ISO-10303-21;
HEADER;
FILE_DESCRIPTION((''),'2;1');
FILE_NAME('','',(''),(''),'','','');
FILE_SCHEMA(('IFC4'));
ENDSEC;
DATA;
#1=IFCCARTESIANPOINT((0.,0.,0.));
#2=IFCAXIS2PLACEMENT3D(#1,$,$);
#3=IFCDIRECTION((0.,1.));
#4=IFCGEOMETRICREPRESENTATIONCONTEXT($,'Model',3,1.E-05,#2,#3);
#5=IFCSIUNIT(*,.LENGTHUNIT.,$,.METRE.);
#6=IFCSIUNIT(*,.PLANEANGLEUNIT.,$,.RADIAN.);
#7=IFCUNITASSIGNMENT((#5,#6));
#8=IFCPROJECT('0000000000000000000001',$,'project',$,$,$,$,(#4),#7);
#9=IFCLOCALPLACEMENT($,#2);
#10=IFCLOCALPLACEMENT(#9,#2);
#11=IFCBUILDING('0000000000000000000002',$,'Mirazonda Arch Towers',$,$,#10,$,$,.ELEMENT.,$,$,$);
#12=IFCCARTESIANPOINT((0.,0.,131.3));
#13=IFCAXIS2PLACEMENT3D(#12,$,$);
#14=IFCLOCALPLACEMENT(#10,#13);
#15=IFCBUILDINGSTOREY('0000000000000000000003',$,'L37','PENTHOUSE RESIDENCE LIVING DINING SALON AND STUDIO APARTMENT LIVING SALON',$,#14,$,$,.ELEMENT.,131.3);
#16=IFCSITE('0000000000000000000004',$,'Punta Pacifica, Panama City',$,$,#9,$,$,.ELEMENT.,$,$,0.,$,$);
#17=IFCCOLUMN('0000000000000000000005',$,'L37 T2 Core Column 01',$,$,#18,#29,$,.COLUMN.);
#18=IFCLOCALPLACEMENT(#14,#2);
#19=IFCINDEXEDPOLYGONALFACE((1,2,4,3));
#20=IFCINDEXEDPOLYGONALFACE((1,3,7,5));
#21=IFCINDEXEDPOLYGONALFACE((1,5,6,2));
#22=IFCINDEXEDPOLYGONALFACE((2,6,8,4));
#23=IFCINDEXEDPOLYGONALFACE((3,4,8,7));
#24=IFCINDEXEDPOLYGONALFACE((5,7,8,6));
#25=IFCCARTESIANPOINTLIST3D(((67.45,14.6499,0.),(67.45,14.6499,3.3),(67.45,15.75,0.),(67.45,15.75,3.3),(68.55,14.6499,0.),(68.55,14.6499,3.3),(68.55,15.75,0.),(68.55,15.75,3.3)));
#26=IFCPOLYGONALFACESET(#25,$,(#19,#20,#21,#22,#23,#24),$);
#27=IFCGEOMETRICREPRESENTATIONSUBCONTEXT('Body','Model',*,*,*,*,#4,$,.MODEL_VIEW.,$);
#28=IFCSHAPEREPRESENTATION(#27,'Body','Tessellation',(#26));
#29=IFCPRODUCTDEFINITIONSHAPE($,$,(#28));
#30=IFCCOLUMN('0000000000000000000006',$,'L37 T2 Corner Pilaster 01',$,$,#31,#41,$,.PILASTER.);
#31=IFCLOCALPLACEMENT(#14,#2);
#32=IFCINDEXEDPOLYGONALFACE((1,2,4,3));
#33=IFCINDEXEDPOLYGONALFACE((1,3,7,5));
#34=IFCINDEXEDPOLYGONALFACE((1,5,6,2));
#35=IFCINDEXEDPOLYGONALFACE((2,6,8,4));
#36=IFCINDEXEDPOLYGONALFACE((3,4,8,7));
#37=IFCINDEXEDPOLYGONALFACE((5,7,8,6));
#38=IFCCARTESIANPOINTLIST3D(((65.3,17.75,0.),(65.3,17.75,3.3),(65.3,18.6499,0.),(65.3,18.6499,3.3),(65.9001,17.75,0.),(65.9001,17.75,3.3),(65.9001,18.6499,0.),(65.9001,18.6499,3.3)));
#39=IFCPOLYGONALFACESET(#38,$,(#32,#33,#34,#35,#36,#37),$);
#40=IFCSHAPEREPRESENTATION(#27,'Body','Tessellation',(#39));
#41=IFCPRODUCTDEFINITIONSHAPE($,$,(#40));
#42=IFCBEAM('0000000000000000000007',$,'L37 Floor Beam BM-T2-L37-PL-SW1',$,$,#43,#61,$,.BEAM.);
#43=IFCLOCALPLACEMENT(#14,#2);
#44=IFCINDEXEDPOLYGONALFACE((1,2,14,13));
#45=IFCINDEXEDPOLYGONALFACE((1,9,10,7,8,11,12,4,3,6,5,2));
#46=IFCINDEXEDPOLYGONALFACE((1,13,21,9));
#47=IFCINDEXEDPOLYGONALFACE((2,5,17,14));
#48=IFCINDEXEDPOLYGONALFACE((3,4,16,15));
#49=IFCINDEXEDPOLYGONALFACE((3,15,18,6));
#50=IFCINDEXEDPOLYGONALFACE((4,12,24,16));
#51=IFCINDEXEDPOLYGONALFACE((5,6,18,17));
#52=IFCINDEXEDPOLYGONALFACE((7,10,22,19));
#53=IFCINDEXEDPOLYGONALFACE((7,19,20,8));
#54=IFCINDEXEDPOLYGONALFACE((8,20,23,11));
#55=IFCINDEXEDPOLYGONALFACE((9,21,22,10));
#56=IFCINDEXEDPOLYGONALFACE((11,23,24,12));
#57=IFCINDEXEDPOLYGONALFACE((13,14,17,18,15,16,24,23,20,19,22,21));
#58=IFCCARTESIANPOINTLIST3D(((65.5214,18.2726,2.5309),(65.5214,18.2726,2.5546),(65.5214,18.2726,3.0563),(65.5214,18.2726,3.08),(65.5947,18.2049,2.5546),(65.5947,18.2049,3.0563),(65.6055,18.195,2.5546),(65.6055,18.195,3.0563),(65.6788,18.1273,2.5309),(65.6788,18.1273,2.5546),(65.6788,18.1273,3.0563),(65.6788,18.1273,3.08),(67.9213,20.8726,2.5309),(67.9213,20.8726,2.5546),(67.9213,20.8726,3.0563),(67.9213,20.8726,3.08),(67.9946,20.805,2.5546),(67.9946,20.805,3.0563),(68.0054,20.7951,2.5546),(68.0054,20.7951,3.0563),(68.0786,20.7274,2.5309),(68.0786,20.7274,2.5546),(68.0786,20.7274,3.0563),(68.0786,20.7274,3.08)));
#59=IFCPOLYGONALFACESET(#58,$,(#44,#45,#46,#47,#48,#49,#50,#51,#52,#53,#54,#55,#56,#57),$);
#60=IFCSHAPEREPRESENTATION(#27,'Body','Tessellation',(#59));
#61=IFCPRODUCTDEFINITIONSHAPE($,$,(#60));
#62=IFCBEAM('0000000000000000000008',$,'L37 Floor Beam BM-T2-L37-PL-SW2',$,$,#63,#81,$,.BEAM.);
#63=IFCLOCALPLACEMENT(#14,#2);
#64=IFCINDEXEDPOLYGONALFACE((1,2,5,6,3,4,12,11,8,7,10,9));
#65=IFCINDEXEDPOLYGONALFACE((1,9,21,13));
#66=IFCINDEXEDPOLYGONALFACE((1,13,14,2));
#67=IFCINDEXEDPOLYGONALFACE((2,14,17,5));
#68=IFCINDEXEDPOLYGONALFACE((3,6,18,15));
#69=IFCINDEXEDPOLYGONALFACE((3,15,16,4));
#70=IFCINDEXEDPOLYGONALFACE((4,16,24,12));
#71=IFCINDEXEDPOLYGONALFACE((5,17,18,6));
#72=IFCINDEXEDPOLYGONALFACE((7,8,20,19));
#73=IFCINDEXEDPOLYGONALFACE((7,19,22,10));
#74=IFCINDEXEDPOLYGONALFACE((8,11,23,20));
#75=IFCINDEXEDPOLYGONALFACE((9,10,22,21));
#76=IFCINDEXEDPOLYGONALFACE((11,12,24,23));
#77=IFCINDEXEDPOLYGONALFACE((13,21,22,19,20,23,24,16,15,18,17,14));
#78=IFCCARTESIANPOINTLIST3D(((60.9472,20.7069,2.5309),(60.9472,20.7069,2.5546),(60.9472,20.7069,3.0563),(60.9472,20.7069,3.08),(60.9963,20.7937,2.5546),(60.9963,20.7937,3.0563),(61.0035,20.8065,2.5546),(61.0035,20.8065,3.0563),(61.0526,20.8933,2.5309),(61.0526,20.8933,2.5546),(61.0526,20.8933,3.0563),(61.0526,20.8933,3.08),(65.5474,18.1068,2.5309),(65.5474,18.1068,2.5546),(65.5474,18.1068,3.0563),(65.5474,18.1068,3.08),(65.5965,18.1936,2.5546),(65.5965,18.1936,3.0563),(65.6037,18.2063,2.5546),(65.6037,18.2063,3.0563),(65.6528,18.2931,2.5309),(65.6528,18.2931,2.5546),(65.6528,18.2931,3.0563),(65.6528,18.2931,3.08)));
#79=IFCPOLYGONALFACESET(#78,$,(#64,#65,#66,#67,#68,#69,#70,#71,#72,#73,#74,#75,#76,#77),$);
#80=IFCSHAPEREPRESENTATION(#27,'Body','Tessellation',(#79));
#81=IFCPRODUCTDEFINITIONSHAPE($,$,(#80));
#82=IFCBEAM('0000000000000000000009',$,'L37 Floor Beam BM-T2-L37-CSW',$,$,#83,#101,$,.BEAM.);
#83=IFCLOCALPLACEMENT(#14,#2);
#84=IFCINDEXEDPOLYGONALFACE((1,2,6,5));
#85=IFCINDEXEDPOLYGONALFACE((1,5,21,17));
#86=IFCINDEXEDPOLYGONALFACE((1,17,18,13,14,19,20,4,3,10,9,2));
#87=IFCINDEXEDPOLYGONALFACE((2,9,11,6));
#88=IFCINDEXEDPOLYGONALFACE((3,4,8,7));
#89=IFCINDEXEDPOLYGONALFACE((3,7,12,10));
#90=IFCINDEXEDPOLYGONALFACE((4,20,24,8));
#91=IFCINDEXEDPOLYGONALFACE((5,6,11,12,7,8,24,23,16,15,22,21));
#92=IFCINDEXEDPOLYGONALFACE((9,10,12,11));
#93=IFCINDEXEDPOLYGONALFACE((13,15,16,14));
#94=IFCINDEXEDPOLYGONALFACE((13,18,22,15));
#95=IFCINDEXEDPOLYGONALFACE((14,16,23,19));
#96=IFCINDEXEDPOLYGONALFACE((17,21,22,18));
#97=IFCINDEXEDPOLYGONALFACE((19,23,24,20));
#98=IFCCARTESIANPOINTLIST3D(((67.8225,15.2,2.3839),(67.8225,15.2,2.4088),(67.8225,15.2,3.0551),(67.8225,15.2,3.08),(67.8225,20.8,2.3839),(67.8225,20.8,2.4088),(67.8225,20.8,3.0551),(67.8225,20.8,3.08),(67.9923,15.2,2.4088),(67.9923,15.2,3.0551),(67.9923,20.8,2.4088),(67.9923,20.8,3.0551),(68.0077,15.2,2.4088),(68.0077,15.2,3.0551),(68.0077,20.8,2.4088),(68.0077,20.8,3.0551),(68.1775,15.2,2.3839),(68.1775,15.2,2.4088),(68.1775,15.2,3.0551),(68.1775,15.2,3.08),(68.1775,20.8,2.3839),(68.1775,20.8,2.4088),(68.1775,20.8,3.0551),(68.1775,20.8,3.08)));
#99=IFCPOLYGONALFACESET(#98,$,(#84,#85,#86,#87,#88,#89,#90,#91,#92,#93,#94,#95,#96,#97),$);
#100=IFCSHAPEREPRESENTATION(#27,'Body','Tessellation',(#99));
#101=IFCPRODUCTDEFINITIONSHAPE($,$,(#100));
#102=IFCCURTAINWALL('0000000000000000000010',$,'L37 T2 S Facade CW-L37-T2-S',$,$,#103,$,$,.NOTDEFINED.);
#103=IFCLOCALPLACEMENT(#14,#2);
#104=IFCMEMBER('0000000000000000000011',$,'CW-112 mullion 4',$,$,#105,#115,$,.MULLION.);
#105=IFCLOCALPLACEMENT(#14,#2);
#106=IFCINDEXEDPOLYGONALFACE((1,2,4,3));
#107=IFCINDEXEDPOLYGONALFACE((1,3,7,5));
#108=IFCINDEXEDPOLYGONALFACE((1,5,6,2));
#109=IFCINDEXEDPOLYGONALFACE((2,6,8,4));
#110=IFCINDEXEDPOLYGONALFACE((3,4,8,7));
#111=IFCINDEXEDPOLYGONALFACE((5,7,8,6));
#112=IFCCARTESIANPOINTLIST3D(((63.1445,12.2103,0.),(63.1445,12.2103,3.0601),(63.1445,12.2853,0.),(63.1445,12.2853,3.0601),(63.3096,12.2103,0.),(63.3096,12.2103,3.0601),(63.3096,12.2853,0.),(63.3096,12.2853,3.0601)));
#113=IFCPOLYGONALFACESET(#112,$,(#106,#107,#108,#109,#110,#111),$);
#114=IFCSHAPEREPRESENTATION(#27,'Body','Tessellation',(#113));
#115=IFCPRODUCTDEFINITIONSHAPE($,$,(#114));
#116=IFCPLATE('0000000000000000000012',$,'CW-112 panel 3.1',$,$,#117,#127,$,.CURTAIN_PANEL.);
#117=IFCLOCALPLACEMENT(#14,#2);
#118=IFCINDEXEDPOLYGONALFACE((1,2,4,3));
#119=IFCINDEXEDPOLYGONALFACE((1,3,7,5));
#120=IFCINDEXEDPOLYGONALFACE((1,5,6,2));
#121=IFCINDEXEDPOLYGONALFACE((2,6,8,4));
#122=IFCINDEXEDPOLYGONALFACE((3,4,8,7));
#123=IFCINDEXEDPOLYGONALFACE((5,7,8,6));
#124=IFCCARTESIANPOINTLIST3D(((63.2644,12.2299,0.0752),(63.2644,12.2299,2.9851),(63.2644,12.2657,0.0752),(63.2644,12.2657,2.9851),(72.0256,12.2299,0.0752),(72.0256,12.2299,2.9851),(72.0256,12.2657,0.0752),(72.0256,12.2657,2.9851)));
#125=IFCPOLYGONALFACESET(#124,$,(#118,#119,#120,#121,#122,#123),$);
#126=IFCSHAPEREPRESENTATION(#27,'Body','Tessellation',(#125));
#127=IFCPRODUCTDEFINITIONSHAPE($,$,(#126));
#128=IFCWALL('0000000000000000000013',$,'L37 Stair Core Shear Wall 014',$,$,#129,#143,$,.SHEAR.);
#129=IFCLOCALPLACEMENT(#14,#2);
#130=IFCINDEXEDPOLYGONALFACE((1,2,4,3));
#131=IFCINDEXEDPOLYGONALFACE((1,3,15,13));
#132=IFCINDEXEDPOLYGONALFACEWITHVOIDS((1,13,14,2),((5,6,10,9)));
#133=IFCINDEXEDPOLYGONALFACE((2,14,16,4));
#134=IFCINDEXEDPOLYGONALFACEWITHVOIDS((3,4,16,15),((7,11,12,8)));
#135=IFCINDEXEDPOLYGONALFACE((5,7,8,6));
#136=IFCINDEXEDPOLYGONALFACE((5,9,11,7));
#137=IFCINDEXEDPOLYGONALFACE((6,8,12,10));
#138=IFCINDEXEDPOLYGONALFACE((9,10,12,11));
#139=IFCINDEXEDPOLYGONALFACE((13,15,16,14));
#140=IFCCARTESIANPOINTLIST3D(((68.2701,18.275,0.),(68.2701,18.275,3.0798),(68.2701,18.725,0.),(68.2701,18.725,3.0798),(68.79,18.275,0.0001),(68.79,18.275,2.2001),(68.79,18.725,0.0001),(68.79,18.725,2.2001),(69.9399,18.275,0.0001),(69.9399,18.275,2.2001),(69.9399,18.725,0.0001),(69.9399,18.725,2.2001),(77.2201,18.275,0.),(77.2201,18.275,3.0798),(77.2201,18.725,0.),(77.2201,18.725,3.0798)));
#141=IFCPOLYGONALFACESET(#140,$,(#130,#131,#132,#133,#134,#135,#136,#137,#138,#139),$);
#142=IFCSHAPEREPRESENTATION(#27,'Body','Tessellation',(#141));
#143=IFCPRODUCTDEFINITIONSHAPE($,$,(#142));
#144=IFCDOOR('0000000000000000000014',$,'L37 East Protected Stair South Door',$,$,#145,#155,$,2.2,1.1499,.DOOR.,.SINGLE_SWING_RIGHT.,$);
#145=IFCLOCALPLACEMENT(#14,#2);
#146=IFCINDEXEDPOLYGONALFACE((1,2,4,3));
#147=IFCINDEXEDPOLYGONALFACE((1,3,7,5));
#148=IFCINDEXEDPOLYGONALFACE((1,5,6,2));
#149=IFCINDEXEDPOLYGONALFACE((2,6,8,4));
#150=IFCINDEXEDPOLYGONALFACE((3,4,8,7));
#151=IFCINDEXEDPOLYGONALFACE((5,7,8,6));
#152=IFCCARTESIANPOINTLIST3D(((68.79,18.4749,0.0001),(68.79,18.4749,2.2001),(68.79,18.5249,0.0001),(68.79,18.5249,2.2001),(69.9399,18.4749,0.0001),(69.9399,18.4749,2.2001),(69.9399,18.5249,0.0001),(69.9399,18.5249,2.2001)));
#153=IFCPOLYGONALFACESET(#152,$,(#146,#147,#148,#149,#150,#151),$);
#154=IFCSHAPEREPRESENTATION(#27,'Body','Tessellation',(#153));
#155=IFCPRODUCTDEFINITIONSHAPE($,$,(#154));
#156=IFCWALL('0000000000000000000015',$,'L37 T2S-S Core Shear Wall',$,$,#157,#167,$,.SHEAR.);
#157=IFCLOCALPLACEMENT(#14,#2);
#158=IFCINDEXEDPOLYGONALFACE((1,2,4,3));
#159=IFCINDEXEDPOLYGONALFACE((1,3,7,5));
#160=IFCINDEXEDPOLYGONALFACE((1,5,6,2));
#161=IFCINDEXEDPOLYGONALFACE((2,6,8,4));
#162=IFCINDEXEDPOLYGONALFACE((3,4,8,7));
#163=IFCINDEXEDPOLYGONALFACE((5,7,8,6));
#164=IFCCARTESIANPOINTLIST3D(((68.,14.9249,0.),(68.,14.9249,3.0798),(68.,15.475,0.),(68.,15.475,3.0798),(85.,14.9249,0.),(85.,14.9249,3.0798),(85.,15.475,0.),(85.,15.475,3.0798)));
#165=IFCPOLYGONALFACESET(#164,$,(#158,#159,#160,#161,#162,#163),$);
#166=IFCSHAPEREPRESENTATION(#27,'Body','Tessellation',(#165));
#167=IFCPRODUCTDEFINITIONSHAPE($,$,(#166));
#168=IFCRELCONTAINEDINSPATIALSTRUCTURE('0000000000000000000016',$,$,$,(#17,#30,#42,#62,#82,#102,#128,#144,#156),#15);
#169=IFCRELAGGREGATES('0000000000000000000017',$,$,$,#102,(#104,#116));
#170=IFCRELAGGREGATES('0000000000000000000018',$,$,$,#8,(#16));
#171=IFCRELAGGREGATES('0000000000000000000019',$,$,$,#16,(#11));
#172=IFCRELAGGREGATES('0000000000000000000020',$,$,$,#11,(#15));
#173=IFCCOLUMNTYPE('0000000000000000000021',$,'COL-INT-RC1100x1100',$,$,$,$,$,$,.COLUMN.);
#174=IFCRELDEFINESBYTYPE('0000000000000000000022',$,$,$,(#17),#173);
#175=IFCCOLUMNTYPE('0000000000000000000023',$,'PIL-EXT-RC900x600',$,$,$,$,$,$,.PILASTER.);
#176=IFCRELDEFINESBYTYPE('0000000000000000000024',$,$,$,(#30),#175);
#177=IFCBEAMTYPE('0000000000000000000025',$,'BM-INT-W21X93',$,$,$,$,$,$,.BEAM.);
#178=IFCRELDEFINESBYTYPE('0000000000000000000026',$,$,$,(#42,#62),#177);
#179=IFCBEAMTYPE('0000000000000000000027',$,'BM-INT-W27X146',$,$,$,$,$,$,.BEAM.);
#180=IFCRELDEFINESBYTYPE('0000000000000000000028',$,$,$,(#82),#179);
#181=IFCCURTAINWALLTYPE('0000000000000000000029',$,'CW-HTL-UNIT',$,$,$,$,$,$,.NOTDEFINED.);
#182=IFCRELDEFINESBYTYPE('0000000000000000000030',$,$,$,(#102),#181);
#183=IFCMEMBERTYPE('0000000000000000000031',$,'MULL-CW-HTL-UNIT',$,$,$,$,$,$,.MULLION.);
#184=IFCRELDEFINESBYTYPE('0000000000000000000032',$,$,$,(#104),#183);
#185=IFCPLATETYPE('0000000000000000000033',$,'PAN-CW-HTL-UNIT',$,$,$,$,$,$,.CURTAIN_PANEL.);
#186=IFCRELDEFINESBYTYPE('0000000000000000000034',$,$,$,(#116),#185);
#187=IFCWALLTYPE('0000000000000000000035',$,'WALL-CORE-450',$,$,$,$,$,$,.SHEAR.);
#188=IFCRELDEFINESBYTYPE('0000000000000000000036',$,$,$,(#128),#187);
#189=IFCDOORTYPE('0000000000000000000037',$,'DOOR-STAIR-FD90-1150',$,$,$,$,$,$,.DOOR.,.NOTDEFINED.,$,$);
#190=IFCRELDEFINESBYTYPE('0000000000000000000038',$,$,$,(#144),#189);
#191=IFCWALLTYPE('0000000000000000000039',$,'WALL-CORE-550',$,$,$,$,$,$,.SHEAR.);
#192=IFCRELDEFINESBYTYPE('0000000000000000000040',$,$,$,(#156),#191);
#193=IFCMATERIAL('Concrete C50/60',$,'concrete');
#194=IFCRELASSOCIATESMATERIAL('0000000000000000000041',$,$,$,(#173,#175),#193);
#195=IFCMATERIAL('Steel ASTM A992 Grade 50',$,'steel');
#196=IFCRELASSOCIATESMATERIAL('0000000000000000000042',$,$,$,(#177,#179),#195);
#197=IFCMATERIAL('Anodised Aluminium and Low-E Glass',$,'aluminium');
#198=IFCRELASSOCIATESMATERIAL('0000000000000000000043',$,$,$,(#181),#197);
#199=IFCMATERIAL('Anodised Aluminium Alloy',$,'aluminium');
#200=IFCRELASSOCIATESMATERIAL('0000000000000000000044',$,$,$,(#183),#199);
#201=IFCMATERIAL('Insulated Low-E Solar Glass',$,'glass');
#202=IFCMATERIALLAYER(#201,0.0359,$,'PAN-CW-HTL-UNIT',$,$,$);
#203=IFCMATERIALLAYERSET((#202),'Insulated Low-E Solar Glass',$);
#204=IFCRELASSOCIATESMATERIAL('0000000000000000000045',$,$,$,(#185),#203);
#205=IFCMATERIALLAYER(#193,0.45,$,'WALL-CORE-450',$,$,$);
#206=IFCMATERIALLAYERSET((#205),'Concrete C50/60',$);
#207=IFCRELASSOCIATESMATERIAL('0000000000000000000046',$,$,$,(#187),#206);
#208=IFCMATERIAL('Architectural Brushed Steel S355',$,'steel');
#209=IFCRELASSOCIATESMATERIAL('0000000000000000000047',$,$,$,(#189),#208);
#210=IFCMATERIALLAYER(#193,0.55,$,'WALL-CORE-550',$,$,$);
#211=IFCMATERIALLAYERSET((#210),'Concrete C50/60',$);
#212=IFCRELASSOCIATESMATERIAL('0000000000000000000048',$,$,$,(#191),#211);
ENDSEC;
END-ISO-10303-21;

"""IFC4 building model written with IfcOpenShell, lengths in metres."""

from ifc_helpers import new_model, si_unit, direction, frame, frame_2d, origin, origin_2d, place, context, subcontext, project, spatial, rectangle, i_section, extrude, material, layer, layer_set, material_profile, profile_set, type_object, element, fill, aggregate, save


model = new_model("IFC4")

# Units and contexts
model_context = context("Model", 3, precision=1e-05, world=origin(), true_north=direction((0.0, 1.0)))
body_context = subcontext(model_context, "Body", "Model", "MODEL_VIEW")
ifc_project = project(units=[si_unit("LENGTHUNIT", "METRE"), si_unit("PLANEANGLEUNIT", "RADIAN")], contexts=[model_context])

# Site, building, storey
site_placement = place(None, origin())
site = spatial("IfcSite", under=ifc_project, at=site_placement, Name="Punta Pacifica, Panama City", CompositionType="ELEMENT", RefElevation=0.0)
building_placement = place(site_placement, origin())
building = spatial("IfcBuilding", under=site, at=building_placement, Name="Mirazonda Arch Towers", CompositionType="ELEMENT")
storey_placement = place(building_placement, frame((0.0, 0.0, 131.3)))
storey = spatial("IfcBuildingStorey", under=building, at=storey_placement, Name="L37", Description="PENTHOUSE RESIDENCE LIVING DINING SALON AND STUDIO APARTMENT LIVING SALON", CompositionType="ELEMENT", Elevation=131.3)

# Columns
ifc_material_1 = material(Name="Concrete C50/60", Category="concrete")
ifc_material_profile_1 = material_profile(ifc_material_1, rectangle(XDim=1.1001, YDim=1.1001, at=origin_2d()), Name="RC1100x1100")
ifc_profile_set_1 = profile_set([ifc_material_profile_1], Name="Concrete C50/60")
column_type_1 = type_object("IfcColumnType", Name="COL-INT-RC1100x1100", PredefinedType="COLUMN", material=ifc_profile_set_1)
column_1_placement = place(storey_placement, frame((68.0, 15.2, 0.0), z_axis=(0.0, 0.0, 1.0), x_axis=(1.0, 0.0, 0.0)))
element("IfcColumn", 1, at=column_1_placement, inside=storey, type_object=column_type_1, Name="L37 T2 Core Column 01", PredefinedType="COLUMN", context=body_context, shape_type="SweptSolid", body=[
    extrude(rectangle(XDim=1.1001, YDim=1.1001, at=origin_2d()), origin(), (0.0, 0.0, 1.0), 3.3),
])
ifc_material_profile_2 = material_profile(ifc_material_1, rectangle(XDim=0.6001, YDim=0.8999, at=origin_2d()), Name="RC900x600")
ifc_profile_set_2 = profile_set([ifc_material_profile_2], Name="Concrete C50/60")
column_type_2 = type_object("IfcColumnType", Name="PIL-EXT-RC900x600", PredefinedType="PILASTER", material=ifc_profile_set_2)
column_2_placement = place(storey_placement, frame((65.6001, 18.2, 0.0), z_axis=(0.0, 0.0, 1.0), x_axis=(1.0, 0.0, 0.0)))
element("IfcColumn", 2, at=column_2_placement, inside=storey, type_object=column_type_2, Name="L37 T2 Corner Pilaster 01", PredefinedType="PILASTER", context=body_context, shape_type="SweptSolid", body=[
    extrude(rectangle(XDim=0.6001, YDim=0.8999, at=origin_2d()), origin(), (0.0, 0.0, 1.0), 3.3),
])

# Beams
ifc_material_2 = material(Name="Steel ASTM A992 Grade 50", Category="steel")
ifc_material_profile_3 = material_profile(ifc_material_2, i_section(OverallWidth=0.2141, OverallDepth=0.5491, WebThickness=0.0146, FlangeThickness=0.0237, at=origin_2d()), Name="W21X93")
ifc_profile_set_3 = profile_set([ifc_material_profile_3], Name="Steel ASTM A992 Grade 50")
beam_type_1 = type_object("IfcBeamType", Name="BM-INT-W21X93", PredefinedType="BEAM", material=ifc_profile_set_3)
beam_1_placement = place(storey_placement, frame((65.6001, 18.2, 2.8054), z_axis=(0.678251, 0.73483, 0.0), x_axis=(-0.73483, 0.678251, 0.0)))
element("IfcBeam", 3, at=beam_1_placement, inside=storey, type_object=beam_type_1, Name="L37 Floor Beam BM-T2-L37-PL-SW1", PredefinedType="BEAM", context=body_context, shape_type="SweptSolid", body=[
    extrude(i_section(OverallWidth=0.2141, OverallDepth=0.5491, WebThickness=0.0146, FlangeThickness=0.0237, at=origin_2d()), origin(), (0.0, 0.0, 1.0), 3.5383),
])
beam_2_placement = place(storey_placement, frame((65.6001, 18.2, 2.8054), z_axis=(-0.870559, 0.492063, 0.0), x_axis=(-0.492063, -0.870559, 0.0)))
element("IfcBeam", 4, at=beam_2_placement, inside=storey, type_object=beam_type_1, Name="L37 Floor Beam BM-T2-L37-PL-SW2", PredefinedType="BEAM", context=body_context, shape_type="SweptSolid", body=[
    extrude(i_section(OverallWidth=0.2141, OverallDepth=0.5491, WebThickness=0.0146, FlangeThickness=0.0237, at=origin_2d()), origin(), (0.0, 0.0, 1.0), 5.2842),
])
ifc_material_profile_4 = material_profile(ifc_material_2, i_section(OverallWidth=0.355, OverallDepth=0.696, WebThickness=0.0154, FlangeThickness=0.0249, at=origin_2d()), Name="W27X146")
ifc_profile_set_4 = profile_set([ifc_material_profile_4], Name="Steel ASTM A992 Grade 50")
beam_type_2 = type_object("IfcBeamType", Name="BM-INT-W27X146", PredefinedType="BEAM", material=ifc_profile_set_4)
beam_3_placement = place(storey_placement, frame((68.0, 15.2, 2.7319), z_axis=(0.0, 1.0, 0.0), x_axis=(-1.0, 0.0, 0.0)))
element("IfcBeam", 5, at=beam_3_placement, inside=storey, type_object=beam_type_2, Name="L37 Floor Beam BM-T2-L37-CSW", PredefinedType="BEAM", context=body_context, shape_type="SweptSolid", body=[
    extrude(i_section(OverallWidth=0.355, OverallDepth=0.696, WebThickness=0.0154, FlangeThickness=0.0249, at=origin_2d()), origin(), (0.0, 0.0, 1.0), 5.6001),
])

# Curtain wall, member, plate
ifc_material_3 = material(Name="Anodised Aluminium and Low-E Glass", Category="aluminium")
curtain_wall_type = type_object("IfcCurtainWallType", Name="CW-HTL-UNIT", PredefinedType="NOTDEFINED", material=ifc_material_3)
curtain_wall_placement = place(storey_placement, origin())
curtain_wall = element("IfcCurtainWall", 6, at=curtain_wall_placement, inside=storey, type_object=curtain_wall_type, Name="L37 T2 S Facade CW-L37-T2-S", PredefinedType="NOTDEFINED")
ifc_material_4 = material(Name="Anodised Aluminium Alloy", Category="aluminium")
ifc_material_profile_5 = material_profile(ifc_material_4, rectangle(XDim=0.075, YDim=0.165, at=origin_2d()), Name="ALU-MULL-75x165")
ifc_profile_set_5 = profile_set([ifc_material_profile_5], Name="Anodised Aluminium Alloy")
member_type = type_object("IfcMemberType", Name="MULL-CW-HTL-UNIT", PredefinedType="MULLION", material=ifc_profile_set_5)
member_placement = place(storey_placement, frame((63.2271, 12.2478, 0.0), z_axis=(0.0, 0.0, 1.0), x_axis=(0.0, -1.0, 0.0)))
member = element("IfcMember", 7, at=member_placement, type_object=member_type, Name="CW-112 mullion 4", PredefinedType="MULLION", context=body_context, shape_type="SweptSolid", body=[
    extrude(rectangle(XDim=0.075, YDim=0.165, at=origin_2d()), origin(), (0.0, 0.0, 1.0), 3.0601),
])
ifc_material_5 = material(Name="Insulated Low-E Solar Glass", Category="glass")
ifc_layer_1 = layer(ifc_material_5, 0.0359, Name="PAN-CW-HTL-UNIT")
ifc_layer_set_1 = layer_set([ifc_layer_1], Name="Insulated Low-E Solar Glass")
plate_type = type_object("IfcPlateType", Name="PAN-CW-HTL-UNIT", PredefinedType="CURTAIN_PANEL", material=ifc_layer_set_1)
plate_placement = place(storey_placement, frame((67.645, 12.2478, 0.0752), z_axis=(0.0, 0.0, 1.0), x_axis=(-1.0, 0.0, 0.0)))
plate = element("IfcPlate", 8, at=plate_placement, type_object=plate_type, Name="CW-112 panel 3.1", PredefinedType="CURTAIN_PANEL", context=body_context, shape_type="SweptSolid", body=[
    extrude(rectangle(XDim=8.7612, YDim=0.0359, at=origin_2d()), origin(), (0.0, 0.0, 1.0), 2.9099),
])
aggregate(curtain_wall, [member, plate])

# Wall, opening, door
ifc_layer_2 = layer(ifc_material_1, 0.45, Name="WALL-CORE-450")
ifc_layer_set_2 = layer_set([ifc_layer_2], Name="Concrete C50/60")
wall_type_1 = type_object("IfcWallType", Name="WALL-CORE-450", PredefinedType="SHEAR", material=ifc_layer_set_2)
wall_1_placement = place(storey_placement, frame((68.27, 18.5, 0.0), z_axis=(0.0, 0.0, 1.0), x_axis=(1.0, 0.0, 0.0)))
wall_1 = element("IfcWall", 9, at=wall_1_placement, inside=storey, type_object=wall_type_1, Name="L37 Stair Core Shear Wall 014", PredefinedType="SHEAR", context=body_context, shape_type="SweptSolid", body=[
    extrude(rectangle(XDim=8.95, YDim=0.45, at=frame_2d((4.4751, 0.0))), origin(), (0.0, 0.0, 1.0), 3.0798),
])
opening_1_placement = place(wall_1_placement, frame((0.52, 0.0, 0.0)))
opening_1 = element("IfcOpeningElement", 10, at=opening_1_placement, cuts=wall_1, PredefinedType="OPENING", context=body_context, shape_type="SweptSolid", body=[
    extrude(rectangle(XDim=1.1499, YDim=2.2, at=frame_2d((0.575, 1.1001))), frame((0.0, 0.2349, 0.0), z_axis=(0.0, -1.0, 0.0), x_axis=(1.0, 0.0, 0.0)), (0.0, 0.0, 1.0), 0.47),
])
ifc_material_6 = material(Name="Architectural Brushed Steel S355", Category="steel")
door_type_1 = type_object("IfcDoorType", Name="DOOR-STAIR-FD90-1150", OperationType="NOTDEFINED", PredefinedType="DOOR", material=ifc_material_6)
door_1_placement = place(opening_1_placement, origin())
door_1 = element("IfcDoor", 11, at=door_1_placement, inside=storey, type_object=door_type_1, Name="L37 East Protected Stair South Door", OperationType="SINGLE_SWING_RIGHT", OverallHeight=2.2, OverallWidth=1.1499, PredefinedType="DOOR", context=body_context, shape_type="SweptSolid", body=[
    extrude(rectangle(XDim=1.1499, YDim=2.2, at=frame_2d((0.575, 1.1001))), frame((0.0, 0.0249, 0.0), z_axis=(0.0, -1.0, 0.0), x_axis=(1.0, 0.0, 0.0)), (0.0, 0.0, 1.0), 0.05),
])
fill(opening_1, door_1)

# Wall
ifc_layer_3 = layer(ifc_material_1, 0.55, Name="WALL-CORE-550")
ifc_layer_set_3 = layer_set([ifc_layer_3], Name="Concrete C50/60")
wall_type_2 = type_object("IfcWallType", Name="WALL-CORE-550", PredefinedType="SHEAR", material=ifc_layer_set_3)
wall_2_placement = place(storey_placement, frame((68.0, 15.2, 0.0), z_axis=(0.0, 0.0, 1.0), x_axis=(1.0, 0.0, 0.0)))
element("IfcWall", 12, at=wall_2_placement, inside=storey, type_object=wall_type_2, Name="L37 T2S-S Core Shear Wall", PredefinedType="SHEAR", context=body_context, shape_type="SweptSolid", body=[
    extrude(rectangle(XDim=17.0, YDim=0.55, at=frame_2d((8.5, 0.0))), origin(), (0.0, 0.0, 1.0), 3.0798),
])

save(model, "model.ifc")
